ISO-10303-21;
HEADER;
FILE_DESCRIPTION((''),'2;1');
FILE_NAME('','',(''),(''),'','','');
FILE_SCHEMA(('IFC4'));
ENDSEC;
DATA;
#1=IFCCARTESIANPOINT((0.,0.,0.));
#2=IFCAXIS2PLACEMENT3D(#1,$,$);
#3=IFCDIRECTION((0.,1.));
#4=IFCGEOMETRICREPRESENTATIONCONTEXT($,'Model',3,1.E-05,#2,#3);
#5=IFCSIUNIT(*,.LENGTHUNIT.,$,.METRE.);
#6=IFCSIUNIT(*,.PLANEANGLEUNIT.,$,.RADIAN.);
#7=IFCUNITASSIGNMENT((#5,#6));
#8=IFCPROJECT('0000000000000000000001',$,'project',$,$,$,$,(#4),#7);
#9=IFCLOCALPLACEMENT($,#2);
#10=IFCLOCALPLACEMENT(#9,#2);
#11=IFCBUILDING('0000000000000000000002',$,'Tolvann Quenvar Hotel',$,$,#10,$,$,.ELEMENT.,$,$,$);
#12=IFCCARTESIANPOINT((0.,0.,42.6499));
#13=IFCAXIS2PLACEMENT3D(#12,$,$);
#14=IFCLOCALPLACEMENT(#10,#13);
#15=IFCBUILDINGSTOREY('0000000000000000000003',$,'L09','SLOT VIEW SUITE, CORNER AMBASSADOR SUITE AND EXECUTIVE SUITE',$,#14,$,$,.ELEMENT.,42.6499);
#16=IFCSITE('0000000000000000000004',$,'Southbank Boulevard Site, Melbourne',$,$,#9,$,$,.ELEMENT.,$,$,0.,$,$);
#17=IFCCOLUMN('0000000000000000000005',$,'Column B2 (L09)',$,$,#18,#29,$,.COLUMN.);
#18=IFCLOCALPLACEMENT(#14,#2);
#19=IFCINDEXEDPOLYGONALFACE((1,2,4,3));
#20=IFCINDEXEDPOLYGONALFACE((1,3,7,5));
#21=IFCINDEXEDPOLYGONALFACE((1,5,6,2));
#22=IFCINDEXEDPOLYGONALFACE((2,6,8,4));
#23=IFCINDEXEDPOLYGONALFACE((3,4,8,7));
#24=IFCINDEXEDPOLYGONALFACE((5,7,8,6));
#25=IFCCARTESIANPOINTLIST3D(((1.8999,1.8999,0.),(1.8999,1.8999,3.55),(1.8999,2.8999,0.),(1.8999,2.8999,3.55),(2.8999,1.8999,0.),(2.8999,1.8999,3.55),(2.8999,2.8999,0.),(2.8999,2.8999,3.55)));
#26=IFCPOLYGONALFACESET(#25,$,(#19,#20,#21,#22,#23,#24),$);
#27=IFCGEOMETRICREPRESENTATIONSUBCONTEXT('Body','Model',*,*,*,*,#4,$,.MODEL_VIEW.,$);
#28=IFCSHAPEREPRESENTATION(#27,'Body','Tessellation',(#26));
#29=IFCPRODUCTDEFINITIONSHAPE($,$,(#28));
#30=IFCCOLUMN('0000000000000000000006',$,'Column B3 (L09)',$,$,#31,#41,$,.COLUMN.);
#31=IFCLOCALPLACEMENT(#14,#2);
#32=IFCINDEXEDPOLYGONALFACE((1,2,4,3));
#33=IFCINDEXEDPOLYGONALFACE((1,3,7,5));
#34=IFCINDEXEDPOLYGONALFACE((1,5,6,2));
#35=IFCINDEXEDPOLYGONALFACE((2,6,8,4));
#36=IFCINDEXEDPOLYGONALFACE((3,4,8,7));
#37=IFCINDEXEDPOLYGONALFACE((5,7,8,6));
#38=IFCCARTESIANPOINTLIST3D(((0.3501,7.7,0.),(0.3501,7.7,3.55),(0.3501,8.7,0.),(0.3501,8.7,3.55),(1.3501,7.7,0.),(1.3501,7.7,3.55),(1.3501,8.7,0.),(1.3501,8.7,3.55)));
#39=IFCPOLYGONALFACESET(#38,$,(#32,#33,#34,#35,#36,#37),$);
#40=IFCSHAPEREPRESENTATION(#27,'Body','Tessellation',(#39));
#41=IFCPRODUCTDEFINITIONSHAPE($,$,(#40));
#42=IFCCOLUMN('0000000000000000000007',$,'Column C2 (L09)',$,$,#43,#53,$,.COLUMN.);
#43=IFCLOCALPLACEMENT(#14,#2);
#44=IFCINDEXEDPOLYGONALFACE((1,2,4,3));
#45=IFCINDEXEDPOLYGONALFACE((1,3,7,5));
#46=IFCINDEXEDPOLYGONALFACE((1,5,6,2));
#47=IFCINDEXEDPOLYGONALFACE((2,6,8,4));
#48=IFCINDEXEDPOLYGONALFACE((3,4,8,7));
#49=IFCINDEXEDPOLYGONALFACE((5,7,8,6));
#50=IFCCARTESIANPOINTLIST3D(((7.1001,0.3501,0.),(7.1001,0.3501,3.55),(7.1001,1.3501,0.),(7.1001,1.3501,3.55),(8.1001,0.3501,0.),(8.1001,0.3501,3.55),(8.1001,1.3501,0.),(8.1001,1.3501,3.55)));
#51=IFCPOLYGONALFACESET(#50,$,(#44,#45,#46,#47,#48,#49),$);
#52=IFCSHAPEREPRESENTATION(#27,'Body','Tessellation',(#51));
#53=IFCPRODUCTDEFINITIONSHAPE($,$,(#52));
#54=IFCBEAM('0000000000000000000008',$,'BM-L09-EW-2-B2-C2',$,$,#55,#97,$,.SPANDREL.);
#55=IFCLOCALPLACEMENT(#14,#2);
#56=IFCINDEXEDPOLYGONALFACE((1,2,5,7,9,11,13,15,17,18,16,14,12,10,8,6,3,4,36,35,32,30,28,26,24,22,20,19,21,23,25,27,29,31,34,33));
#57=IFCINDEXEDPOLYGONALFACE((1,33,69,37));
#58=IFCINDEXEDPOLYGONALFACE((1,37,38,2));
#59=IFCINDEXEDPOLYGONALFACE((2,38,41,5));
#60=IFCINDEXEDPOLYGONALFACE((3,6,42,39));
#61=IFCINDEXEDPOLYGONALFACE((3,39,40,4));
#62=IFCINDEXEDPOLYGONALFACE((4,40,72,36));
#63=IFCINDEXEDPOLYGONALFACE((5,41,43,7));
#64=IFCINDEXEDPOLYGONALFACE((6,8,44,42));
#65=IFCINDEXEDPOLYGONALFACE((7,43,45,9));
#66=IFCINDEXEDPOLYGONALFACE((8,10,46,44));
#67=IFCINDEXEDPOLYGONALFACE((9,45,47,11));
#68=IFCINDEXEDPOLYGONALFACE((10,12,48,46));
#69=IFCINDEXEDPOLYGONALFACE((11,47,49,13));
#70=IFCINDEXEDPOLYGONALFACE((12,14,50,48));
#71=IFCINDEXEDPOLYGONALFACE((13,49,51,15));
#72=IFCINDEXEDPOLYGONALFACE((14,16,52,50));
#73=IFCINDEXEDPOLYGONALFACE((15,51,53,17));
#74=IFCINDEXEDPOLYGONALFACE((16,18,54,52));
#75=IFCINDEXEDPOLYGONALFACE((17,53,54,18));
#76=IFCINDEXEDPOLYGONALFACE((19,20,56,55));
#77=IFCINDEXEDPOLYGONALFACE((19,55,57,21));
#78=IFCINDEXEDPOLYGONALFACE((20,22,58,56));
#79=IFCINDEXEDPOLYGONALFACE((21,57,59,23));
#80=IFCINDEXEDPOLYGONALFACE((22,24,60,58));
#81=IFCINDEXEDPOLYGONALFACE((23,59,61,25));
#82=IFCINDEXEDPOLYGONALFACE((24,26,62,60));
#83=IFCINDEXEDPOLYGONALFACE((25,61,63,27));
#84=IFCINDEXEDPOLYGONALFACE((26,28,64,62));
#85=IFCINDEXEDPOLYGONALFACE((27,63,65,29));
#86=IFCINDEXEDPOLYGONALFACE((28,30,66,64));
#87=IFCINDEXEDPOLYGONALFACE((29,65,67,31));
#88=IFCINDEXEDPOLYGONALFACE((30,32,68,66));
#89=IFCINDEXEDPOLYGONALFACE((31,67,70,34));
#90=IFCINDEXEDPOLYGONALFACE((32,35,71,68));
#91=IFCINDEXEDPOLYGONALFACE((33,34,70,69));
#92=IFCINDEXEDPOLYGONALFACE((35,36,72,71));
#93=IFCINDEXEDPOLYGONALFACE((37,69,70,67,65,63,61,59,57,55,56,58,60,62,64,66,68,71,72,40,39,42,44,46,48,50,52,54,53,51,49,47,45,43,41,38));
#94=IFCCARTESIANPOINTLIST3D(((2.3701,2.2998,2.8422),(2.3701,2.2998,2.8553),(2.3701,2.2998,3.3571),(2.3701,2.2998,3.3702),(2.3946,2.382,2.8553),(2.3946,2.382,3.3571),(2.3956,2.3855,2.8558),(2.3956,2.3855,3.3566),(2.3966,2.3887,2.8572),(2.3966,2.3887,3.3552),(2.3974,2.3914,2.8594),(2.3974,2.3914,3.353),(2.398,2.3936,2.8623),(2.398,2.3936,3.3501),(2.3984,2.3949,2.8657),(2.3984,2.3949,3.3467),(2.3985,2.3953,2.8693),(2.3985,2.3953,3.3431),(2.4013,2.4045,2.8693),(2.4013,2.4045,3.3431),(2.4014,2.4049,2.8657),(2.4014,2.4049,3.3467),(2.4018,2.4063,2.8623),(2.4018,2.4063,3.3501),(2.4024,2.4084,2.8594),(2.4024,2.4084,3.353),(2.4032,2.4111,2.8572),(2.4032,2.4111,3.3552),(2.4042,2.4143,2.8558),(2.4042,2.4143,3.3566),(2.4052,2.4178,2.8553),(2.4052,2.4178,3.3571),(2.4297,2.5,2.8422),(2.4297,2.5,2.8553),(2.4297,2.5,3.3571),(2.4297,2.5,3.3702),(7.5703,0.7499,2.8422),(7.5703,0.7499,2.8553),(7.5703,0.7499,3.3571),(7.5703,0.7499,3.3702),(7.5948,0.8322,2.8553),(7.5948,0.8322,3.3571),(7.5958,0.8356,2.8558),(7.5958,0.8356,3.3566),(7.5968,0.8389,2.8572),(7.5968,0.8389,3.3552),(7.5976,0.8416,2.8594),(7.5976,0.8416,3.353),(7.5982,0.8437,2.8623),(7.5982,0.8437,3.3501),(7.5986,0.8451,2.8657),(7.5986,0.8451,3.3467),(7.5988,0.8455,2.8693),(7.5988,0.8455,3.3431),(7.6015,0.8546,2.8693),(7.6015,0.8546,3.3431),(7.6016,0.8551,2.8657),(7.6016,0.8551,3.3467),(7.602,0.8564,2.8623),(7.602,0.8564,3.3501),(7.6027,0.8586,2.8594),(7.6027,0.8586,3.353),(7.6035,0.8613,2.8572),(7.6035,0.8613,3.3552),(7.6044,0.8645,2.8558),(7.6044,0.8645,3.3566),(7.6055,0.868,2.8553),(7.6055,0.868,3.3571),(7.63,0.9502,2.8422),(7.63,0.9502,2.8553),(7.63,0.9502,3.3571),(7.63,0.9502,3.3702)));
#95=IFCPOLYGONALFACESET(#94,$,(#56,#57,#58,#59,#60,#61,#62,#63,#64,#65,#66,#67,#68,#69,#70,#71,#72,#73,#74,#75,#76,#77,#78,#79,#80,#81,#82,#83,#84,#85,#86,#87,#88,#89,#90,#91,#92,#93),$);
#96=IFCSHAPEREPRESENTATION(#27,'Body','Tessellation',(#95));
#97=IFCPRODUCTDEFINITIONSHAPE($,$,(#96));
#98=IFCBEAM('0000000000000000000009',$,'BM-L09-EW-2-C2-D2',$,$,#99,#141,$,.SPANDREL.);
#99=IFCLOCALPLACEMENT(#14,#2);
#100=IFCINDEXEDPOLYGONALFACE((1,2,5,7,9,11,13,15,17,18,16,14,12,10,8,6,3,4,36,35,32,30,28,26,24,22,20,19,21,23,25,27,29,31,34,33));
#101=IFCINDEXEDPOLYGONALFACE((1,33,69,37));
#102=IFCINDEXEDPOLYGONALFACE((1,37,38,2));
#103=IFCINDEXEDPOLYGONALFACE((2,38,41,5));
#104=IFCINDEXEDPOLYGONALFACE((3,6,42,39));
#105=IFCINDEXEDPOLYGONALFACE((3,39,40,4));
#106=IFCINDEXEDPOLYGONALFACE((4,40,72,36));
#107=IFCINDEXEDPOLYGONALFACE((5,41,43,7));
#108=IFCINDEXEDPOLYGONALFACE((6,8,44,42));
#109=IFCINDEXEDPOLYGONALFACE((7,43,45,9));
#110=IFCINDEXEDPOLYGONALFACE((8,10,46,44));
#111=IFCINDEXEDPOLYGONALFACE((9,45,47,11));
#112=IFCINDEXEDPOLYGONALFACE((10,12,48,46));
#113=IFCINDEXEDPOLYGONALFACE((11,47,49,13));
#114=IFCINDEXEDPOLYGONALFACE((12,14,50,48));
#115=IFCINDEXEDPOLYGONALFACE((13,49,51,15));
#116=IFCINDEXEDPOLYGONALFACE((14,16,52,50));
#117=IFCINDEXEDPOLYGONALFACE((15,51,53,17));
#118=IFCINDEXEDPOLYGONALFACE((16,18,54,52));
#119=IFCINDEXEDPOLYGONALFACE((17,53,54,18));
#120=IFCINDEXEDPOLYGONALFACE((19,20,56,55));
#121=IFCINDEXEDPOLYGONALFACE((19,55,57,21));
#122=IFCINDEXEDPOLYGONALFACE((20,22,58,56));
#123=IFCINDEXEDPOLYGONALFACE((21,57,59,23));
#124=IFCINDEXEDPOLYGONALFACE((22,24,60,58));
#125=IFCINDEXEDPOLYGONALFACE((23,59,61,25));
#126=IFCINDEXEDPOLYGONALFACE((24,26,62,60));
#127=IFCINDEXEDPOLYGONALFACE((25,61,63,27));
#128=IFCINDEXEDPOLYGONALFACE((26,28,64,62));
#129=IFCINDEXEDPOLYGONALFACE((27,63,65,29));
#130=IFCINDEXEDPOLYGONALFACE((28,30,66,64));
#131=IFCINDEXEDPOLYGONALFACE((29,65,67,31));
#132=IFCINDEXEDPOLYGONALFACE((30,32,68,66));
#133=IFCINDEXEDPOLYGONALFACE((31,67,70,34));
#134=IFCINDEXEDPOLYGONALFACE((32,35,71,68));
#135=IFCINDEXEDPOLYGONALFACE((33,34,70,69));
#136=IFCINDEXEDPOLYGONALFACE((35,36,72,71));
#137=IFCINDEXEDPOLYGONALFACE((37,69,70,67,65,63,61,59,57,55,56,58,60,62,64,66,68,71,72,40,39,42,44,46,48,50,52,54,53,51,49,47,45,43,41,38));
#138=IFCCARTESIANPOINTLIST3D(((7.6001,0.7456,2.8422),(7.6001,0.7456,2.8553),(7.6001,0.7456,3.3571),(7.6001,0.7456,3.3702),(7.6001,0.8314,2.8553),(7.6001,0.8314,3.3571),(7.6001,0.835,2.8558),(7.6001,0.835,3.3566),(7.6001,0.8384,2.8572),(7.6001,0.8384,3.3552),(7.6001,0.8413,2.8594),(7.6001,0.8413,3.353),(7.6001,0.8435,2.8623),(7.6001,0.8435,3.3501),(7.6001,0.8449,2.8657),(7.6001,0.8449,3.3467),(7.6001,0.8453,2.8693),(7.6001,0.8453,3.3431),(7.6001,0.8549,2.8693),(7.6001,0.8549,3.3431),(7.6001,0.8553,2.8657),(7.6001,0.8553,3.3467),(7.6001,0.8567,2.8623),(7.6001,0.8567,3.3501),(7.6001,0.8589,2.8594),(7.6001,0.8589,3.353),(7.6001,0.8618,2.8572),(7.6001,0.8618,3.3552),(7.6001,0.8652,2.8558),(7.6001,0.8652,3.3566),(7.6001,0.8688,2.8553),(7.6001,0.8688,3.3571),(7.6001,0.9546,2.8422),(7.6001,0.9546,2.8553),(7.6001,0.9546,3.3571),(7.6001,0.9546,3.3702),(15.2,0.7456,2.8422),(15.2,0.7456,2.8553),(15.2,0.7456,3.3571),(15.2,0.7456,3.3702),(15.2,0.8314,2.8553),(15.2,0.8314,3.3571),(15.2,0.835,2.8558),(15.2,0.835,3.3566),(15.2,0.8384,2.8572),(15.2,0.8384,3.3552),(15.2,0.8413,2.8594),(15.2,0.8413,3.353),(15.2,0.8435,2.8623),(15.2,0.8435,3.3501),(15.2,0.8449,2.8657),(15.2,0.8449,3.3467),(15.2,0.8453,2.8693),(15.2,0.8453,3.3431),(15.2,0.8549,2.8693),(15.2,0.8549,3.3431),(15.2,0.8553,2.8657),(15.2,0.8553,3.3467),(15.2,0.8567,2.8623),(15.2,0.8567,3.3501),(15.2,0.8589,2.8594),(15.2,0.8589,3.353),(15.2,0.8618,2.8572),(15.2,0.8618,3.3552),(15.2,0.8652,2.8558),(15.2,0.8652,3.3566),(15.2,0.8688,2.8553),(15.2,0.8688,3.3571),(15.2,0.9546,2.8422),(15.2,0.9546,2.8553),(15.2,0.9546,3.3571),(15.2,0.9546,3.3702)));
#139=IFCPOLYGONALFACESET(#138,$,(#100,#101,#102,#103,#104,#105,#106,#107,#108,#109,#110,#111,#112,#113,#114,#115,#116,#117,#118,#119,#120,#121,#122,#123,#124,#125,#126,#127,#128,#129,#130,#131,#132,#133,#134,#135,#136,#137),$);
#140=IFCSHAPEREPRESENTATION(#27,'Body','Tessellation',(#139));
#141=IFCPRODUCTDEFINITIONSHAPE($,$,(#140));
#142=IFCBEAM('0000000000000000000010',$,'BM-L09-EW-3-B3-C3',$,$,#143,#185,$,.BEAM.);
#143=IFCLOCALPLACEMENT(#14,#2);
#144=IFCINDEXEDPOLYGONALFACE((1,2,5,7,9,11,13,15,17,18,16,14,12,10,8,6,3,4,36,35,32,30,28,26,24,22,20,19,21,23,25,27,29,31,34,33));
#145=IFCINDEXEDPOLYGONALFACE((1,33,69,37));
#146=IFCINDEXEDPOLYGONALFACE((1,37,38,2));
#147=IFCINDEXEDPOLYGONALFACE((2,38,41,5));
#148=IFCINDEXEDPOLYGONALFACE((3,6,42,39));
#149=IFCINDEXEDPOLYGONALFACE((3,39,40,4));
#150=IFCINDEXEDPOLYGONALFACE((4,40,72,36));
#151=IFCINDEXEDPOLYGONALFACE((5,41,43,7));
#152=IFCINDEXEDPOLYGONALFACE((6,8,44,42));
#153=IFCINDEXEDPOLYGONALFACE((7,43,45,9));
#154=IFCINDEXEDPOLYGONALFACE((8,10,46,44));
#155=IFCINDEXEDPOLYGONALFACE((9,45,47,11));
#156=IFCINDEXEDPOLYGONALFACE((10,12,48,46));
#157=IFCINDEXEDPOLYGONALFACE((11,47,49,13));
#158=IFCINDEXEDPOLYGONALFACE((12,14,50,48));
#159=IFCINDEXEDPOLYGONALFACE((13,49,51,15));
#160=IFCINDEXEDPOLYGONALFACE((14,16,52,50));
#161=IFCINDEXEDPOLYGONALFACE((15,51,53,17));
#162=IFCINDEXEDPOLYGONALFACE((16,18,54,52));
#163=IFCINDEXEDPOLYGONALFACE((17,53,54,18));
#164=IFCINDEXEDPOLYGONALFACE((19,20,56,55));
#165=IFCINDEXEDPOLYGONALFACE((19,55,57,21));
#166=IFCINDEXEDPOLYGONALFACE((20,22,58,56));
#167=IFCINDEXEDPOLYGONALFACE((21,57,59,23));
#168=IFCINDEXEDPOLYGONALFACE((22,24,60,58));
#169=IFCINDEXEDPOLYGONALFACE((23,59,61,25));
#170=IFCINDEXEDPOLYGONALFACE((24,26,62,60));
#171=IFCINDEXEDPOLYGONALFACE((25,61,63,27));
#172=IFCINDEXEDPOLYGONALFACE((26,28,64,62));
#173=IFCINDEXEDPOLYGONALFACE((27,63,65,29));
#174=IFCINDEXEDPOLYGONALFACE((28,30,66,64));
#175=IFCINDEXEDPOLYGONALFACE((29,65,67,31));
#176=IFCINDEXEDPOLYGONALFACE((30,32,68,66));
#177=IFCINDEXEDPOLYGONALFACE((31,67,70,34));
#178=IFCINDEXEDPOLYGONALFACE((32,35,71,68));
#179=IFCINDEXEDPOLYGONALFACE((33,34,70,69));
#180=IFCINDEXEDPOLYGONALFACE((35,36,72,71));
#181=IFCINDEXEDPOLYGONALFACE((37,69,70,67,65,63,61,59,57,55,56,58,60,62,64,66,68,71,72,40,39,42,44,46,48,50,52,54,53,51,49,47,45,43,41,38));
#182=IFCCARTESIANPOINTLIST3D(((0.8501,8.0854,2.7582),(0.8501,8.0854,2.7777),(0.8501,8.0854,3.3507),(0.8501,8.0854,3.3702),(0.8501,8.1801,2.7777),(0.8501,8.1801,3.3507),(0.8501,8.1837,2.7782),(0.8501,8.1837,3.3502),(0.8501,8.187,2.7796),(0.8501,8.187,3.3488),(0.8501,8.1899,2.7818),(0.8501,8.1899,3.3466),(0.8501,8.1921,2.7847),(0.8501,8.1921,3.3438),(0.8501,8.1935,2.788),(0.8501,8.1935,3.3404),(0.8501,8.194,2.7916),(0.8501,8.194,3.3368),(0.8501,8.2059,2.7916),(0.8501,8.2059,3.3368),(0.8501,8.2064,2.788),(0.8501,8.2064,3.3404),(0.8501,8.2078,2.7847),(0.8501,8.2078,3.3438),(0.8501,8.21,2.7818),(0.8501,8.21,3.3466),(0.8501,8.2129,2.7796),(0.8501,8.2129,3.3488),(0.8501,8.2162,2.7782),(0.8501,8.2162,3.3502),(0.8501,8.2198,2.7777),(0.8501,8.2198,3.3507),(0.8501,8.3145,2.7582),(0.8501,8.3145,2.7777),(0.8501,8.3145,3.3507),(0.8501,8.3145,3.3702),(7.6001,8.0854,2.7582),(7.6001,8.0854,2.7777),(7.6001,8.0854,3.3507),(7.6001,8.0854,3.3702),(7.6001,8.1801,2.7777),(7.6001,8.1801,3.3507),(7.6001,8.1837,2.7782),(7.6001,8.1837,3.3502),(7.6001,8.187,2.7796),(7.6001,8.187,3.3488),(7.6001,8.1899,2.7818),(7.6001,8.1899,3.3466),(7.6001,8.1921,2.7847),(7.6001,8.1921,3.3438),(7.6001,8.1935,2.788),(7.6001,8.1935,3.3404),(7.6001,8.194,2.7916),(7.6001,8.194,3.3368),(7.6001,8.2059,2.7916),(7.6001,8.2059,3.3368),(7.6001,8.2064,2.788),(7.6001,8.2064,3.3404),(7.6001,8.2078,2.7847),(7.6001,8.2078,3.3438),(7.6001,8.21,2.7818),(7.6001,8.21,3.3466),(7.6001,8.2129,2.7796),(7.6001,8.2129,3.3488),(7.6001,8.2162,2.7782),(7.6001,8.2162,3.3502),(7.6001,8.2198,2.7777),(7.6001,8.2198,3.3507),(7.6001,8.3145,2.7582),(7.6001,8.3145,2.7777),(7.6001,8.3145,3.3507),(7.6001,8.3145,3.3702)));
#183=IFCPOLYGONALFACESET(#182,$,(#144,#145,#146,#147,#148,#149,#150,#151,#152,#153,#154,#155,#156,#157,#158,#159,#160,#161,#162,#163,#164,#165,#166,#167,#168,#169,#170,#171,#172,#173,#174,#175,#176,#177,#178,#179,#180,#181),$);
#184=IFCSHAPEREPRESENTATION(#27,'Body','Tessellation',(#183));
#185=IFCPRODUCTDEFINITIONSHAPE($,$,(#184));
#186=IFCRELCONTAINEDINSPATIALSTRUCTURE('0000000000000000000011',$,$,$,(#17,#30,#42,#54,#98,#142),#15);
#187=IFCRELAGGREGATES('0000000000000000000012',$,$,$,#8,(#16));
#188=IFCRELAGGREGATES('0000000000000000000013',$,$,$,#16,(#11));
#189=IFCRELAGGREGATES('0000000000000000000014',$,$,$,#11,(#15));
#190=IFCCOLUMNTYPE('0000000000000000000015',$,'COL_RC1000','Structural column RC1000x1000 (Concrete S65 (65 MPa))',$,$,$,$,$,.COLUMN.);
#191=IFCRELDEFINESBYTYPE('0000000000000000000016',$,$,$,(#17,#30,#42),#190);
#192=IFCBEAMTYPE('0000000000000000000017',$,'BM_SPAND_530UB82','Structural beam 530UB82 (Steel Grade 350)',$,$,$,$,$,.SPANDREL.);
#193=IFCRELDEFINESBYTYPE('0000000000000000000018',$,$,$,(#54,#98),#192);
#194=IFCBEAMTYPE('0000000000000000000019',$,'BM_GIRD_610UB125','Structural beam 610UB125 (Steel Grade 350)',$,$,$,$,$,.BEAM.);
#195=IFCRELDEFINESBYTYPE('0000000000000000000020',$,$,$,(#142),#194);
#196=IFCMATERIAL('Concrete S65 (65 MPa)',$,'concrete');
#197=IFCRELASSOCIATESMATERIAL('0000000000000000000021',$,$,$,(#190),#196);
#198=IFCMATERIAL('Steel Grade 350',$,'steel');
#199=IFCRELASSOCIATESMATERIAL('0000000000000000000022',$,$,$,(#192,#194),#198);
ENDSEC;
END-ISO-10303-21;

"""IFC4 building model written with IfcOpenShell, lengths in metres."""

from ifc_helpers import new_model, si_unit, direction, frame, origin, origin_2d, place, context, subcontext, project, spatial, rectangle, i_section, extrude, source, transform, mapped, material, material_profile, profile_set, type_object, type_shapes, element, save


model = new_model("IFC4")

# Units and contexts
model_context = context("Model", 3, precision=1e-05, world=origin(), true_north=direction((0.0, 1.0)))
body_context = subcontext(model_context, "Body", "Model", "MODEL_VIEW")
ifc_project = project(units=[si_unit("LENGTHUNIT", "METRE"), si_unit("PLANEANGLEUNIT", "RADIAN")], contexts=[model_context])

# Site, building, storey
site_placement = place(None, origin())
site = spatial("IfcSite", under=ifc_project, at=site_placement, Name="Southbank Boulevard Site, Melbourne", CompositionType="ELEMENT", RefElevation=0.0)
building_placement = place(site_placement, origin())
building = spatial("IfcBuilding", under=site, at=building_placement, Name="Tolvann Quenvar Hotel", CompositionType="ELEMENT")
storey_placement = place(building_placement, frame((0.0, 0.0, 42.6499)))
storey = spatial("IfcBuildingStorey", under=building, at=storey_placement, Name="L09", Description="SLOT VIEW SUITE, CORNER AMBASSADOR SUITE AND EXECUTIVE SUITE", CompositionType="ELEMENT", Elevation=42.6499)

# Columns
ifc_material_1 = material(Name="Concrete S65 (65 MPa)", Category="concrete")
ifc_material_profile_1 = material_profile(ifc_material_1, rectangle(XDim=1.0, YDim=1.0, at=origin_2d()), Name="RC1000x1000")
ifc_profile_set_1 = profile_set([ifc_material_profile_1], Name="Concrete S65 (65 MPa)")
column_type = type_object("IfcColumnType", Name="COL_RC1000", Description="Structural column RC1000x1000 (Concrete S65 (65 MPa))", PredefinedType="COLUMN", material=ifc_profile_set_1)
shared_shape_1 = source(origin(), body_context, "Body", "SweptSolid", [
    extrude(rectangle(XDim=1.0, YDim=1.0, at=origin_2d()), origin(), (0.0, 0.0, 1.0), 3.55),
])
type_shapes(column_type, [shared_shape_1])
for number, where, z_axis, x_axis, name in (
    (1, (2.3999, 2.3999, 0.0), (0.0, 0.0, 1.0), (1.0, 0.0, 0.0), "Column B2 (L09)"),
    (2, (0.8501, 8.2, 0.0), (0.0, 0.0, 1.0), (1.0, 0.0, 0.0), "Column B3 (L09)"),
    (3, (7.6001, 0.8501, 0.0), (0.0, 0.0, 1.0), (1.0, 0.0, 0.0), "Column C2 (L09)"),
):
    element("IfcColumn", number, at=place(storey_placement, frame(where, z_axis=z_axis, x_axis=x_axis)), inside=storey, type_object=column_type, Name=name, PredefinedType="COLUMN", context=body_context, shape_type="MappedRepresentation", body=[
        mapped(shared_shape_1, transform((0.0, 0.0, 0.0), x_axis=(1.0, 0.0, 0.0), y_axis=(0.0, 1.0, 0.0), z_axis=(0.0, 0.0, 1.0), scale=1.0)),
    ])

# Beams
ifc_material_2 = material(Name="Steel Grade 350", Category="steel")
ifc_material_profile_2 = material_profile(ifc_material_2, i_section(OverallWidth=0.209, OverallDepth=0.5281, WebThickness=0.0095, FlangeThickness=0.0132, FilletRadius=0.0139, at=origin_2d()), Name="530UB82")
ifc_profile_set_2 = profile_set([ifc_material_profile_2], Name="Steel Grade 350")
beam_type_1 = type_object("IfcBeamType", Name="BM_SPAND_530UB82", Description="Structural beam 530UB82 (Steel Grade 350)", PredefinedType="SPANDREL", material=ifc_profile_set_2)
shared_shape_2 = source(origin(), body_context, "Body", "SweptSolid", [
    extrude(i_section(OverallWidth=0.209, OverallDepth=0.5281, WebThickness=0.0095, FlangeThickness=0.0132, FilletRadius=0.0139, at=origin_2d()), origin(), (0.0, 0.0, 1.0), 5.4263),
])
beam_1_placement = place(storey_placement, frame((2.3999, 2.3999, 3.1062), z_axis=(0.958345, -0.285614, 0.0), x_axis=(0.285614, 0.958345, 0.0)))
element("IfcBeam", 4, at=beam_1_placement, inside=storey, type_object=beam_type_1, Name="BM-L09-EW-2-B2-C2", PredefinedType="SPANDREL", context=body_context, shape_type="MappedRepresentation", body=[
    mapped(shared_shape_2, transform((0.0, 0.0, 0.0), x_axis=(1.0, 0.0, 0.0), y_axis=(0.0, 1.0, 0.0), z_axis=(0.0, 0.0, 1.0), scale=1.0)),
])
shared_shape_3 = source(origin(), body_context, "Body", "SweptSolid", [
    extrude(i_section(OverallWidth=0.209, OverallDepth=0.5281, WebThickness=0.0095, FlangeThickness=0.0132, FilletRadius=0.0139, at=origin_2d()), origin(), (0.0, 0.0, 1.0), 7.5999),
])
beam_2_placement = place(storey_placement, frame((7.6001, 0.8501, 3.1062), z_axis=(1.0, 0.0, 0.0), x_axis=(0.0, 1.0, 0.0)))
element("IfcBeam", 5, at=beam_2_placement, inside=storey, type_object=beam_type_1, Name="BM-L09-EW-2-C2-D2", PredefinedType="SPANDREL", context=body_context, shape_type="MappedRepresentation", body=[
    mapped(shared_shape_3, transform((0.0, 0.0, 0.0), x_axis=(1.0, 0.0, 0.0), y_axis=(0.0, 1.0, 0.0), z_axis=(0.0, 0.0, 1.0), scale=1.0)),
])
ifc_material_profile_3 = material_profile(ifc_material_2, i_section(OverallWidth=0.229, OverallDepth=0.6121, WebThickness=0.012, FlangeThickness=0.0195, FilletRadius=0.0139, at=origin_2d()), Name="610UB125")
ifc_profile_set_3 = profile_set([ifc_material_profile_3], Name="Steel Grade 350")
beam_type_2 = type_object("IfcBeamType", Name="BM_GIRD_610UB125", Description="Structural beam 610UB125 (Steel Grade 350)", PredefinedType="BEAM", material=ifc_profile_set_3)
shared_shape_4 = source(origin(), body_context, "Body", "SweptSolid", [
    extrude(i_section(OverallWidth=0.229, OverallDepth=0.6121, WebThickness=0.012, FlangeThickness=0.0195, FilletRadius=0.0139, at=origin_2d()), origin(), (0.0, 0.0, 1.0), 6.75),
])
type_shapes(beam_type_2, [shared_shape_4])
beam_3_placement = place(storey_placement, frame((0.8501, 8.2, 3.0642), z_axis=(1.0, 0.0, 0.0), x_axis=(0.0, 1.0, 0.0)))
element("IfcBeam", 6, at=beam_3_placement, inside=storey, type_object=beam_type_2, Name="BM-L09-EW-3-B3-C3", PredefinedType="BEAM", context=body_context, shape_type="MappedRepresentation", body=[
    mapped(shared_shape_4, transform((0.0, 0.0, 0.0), x_axis=(1.0, 0.0, 0.0), y_axis=(0.0, 1.0, 0.0), z_axis=(0.0, 0.0, 1.0), scale=1.0)),
])

save(model, "model.ifc")
